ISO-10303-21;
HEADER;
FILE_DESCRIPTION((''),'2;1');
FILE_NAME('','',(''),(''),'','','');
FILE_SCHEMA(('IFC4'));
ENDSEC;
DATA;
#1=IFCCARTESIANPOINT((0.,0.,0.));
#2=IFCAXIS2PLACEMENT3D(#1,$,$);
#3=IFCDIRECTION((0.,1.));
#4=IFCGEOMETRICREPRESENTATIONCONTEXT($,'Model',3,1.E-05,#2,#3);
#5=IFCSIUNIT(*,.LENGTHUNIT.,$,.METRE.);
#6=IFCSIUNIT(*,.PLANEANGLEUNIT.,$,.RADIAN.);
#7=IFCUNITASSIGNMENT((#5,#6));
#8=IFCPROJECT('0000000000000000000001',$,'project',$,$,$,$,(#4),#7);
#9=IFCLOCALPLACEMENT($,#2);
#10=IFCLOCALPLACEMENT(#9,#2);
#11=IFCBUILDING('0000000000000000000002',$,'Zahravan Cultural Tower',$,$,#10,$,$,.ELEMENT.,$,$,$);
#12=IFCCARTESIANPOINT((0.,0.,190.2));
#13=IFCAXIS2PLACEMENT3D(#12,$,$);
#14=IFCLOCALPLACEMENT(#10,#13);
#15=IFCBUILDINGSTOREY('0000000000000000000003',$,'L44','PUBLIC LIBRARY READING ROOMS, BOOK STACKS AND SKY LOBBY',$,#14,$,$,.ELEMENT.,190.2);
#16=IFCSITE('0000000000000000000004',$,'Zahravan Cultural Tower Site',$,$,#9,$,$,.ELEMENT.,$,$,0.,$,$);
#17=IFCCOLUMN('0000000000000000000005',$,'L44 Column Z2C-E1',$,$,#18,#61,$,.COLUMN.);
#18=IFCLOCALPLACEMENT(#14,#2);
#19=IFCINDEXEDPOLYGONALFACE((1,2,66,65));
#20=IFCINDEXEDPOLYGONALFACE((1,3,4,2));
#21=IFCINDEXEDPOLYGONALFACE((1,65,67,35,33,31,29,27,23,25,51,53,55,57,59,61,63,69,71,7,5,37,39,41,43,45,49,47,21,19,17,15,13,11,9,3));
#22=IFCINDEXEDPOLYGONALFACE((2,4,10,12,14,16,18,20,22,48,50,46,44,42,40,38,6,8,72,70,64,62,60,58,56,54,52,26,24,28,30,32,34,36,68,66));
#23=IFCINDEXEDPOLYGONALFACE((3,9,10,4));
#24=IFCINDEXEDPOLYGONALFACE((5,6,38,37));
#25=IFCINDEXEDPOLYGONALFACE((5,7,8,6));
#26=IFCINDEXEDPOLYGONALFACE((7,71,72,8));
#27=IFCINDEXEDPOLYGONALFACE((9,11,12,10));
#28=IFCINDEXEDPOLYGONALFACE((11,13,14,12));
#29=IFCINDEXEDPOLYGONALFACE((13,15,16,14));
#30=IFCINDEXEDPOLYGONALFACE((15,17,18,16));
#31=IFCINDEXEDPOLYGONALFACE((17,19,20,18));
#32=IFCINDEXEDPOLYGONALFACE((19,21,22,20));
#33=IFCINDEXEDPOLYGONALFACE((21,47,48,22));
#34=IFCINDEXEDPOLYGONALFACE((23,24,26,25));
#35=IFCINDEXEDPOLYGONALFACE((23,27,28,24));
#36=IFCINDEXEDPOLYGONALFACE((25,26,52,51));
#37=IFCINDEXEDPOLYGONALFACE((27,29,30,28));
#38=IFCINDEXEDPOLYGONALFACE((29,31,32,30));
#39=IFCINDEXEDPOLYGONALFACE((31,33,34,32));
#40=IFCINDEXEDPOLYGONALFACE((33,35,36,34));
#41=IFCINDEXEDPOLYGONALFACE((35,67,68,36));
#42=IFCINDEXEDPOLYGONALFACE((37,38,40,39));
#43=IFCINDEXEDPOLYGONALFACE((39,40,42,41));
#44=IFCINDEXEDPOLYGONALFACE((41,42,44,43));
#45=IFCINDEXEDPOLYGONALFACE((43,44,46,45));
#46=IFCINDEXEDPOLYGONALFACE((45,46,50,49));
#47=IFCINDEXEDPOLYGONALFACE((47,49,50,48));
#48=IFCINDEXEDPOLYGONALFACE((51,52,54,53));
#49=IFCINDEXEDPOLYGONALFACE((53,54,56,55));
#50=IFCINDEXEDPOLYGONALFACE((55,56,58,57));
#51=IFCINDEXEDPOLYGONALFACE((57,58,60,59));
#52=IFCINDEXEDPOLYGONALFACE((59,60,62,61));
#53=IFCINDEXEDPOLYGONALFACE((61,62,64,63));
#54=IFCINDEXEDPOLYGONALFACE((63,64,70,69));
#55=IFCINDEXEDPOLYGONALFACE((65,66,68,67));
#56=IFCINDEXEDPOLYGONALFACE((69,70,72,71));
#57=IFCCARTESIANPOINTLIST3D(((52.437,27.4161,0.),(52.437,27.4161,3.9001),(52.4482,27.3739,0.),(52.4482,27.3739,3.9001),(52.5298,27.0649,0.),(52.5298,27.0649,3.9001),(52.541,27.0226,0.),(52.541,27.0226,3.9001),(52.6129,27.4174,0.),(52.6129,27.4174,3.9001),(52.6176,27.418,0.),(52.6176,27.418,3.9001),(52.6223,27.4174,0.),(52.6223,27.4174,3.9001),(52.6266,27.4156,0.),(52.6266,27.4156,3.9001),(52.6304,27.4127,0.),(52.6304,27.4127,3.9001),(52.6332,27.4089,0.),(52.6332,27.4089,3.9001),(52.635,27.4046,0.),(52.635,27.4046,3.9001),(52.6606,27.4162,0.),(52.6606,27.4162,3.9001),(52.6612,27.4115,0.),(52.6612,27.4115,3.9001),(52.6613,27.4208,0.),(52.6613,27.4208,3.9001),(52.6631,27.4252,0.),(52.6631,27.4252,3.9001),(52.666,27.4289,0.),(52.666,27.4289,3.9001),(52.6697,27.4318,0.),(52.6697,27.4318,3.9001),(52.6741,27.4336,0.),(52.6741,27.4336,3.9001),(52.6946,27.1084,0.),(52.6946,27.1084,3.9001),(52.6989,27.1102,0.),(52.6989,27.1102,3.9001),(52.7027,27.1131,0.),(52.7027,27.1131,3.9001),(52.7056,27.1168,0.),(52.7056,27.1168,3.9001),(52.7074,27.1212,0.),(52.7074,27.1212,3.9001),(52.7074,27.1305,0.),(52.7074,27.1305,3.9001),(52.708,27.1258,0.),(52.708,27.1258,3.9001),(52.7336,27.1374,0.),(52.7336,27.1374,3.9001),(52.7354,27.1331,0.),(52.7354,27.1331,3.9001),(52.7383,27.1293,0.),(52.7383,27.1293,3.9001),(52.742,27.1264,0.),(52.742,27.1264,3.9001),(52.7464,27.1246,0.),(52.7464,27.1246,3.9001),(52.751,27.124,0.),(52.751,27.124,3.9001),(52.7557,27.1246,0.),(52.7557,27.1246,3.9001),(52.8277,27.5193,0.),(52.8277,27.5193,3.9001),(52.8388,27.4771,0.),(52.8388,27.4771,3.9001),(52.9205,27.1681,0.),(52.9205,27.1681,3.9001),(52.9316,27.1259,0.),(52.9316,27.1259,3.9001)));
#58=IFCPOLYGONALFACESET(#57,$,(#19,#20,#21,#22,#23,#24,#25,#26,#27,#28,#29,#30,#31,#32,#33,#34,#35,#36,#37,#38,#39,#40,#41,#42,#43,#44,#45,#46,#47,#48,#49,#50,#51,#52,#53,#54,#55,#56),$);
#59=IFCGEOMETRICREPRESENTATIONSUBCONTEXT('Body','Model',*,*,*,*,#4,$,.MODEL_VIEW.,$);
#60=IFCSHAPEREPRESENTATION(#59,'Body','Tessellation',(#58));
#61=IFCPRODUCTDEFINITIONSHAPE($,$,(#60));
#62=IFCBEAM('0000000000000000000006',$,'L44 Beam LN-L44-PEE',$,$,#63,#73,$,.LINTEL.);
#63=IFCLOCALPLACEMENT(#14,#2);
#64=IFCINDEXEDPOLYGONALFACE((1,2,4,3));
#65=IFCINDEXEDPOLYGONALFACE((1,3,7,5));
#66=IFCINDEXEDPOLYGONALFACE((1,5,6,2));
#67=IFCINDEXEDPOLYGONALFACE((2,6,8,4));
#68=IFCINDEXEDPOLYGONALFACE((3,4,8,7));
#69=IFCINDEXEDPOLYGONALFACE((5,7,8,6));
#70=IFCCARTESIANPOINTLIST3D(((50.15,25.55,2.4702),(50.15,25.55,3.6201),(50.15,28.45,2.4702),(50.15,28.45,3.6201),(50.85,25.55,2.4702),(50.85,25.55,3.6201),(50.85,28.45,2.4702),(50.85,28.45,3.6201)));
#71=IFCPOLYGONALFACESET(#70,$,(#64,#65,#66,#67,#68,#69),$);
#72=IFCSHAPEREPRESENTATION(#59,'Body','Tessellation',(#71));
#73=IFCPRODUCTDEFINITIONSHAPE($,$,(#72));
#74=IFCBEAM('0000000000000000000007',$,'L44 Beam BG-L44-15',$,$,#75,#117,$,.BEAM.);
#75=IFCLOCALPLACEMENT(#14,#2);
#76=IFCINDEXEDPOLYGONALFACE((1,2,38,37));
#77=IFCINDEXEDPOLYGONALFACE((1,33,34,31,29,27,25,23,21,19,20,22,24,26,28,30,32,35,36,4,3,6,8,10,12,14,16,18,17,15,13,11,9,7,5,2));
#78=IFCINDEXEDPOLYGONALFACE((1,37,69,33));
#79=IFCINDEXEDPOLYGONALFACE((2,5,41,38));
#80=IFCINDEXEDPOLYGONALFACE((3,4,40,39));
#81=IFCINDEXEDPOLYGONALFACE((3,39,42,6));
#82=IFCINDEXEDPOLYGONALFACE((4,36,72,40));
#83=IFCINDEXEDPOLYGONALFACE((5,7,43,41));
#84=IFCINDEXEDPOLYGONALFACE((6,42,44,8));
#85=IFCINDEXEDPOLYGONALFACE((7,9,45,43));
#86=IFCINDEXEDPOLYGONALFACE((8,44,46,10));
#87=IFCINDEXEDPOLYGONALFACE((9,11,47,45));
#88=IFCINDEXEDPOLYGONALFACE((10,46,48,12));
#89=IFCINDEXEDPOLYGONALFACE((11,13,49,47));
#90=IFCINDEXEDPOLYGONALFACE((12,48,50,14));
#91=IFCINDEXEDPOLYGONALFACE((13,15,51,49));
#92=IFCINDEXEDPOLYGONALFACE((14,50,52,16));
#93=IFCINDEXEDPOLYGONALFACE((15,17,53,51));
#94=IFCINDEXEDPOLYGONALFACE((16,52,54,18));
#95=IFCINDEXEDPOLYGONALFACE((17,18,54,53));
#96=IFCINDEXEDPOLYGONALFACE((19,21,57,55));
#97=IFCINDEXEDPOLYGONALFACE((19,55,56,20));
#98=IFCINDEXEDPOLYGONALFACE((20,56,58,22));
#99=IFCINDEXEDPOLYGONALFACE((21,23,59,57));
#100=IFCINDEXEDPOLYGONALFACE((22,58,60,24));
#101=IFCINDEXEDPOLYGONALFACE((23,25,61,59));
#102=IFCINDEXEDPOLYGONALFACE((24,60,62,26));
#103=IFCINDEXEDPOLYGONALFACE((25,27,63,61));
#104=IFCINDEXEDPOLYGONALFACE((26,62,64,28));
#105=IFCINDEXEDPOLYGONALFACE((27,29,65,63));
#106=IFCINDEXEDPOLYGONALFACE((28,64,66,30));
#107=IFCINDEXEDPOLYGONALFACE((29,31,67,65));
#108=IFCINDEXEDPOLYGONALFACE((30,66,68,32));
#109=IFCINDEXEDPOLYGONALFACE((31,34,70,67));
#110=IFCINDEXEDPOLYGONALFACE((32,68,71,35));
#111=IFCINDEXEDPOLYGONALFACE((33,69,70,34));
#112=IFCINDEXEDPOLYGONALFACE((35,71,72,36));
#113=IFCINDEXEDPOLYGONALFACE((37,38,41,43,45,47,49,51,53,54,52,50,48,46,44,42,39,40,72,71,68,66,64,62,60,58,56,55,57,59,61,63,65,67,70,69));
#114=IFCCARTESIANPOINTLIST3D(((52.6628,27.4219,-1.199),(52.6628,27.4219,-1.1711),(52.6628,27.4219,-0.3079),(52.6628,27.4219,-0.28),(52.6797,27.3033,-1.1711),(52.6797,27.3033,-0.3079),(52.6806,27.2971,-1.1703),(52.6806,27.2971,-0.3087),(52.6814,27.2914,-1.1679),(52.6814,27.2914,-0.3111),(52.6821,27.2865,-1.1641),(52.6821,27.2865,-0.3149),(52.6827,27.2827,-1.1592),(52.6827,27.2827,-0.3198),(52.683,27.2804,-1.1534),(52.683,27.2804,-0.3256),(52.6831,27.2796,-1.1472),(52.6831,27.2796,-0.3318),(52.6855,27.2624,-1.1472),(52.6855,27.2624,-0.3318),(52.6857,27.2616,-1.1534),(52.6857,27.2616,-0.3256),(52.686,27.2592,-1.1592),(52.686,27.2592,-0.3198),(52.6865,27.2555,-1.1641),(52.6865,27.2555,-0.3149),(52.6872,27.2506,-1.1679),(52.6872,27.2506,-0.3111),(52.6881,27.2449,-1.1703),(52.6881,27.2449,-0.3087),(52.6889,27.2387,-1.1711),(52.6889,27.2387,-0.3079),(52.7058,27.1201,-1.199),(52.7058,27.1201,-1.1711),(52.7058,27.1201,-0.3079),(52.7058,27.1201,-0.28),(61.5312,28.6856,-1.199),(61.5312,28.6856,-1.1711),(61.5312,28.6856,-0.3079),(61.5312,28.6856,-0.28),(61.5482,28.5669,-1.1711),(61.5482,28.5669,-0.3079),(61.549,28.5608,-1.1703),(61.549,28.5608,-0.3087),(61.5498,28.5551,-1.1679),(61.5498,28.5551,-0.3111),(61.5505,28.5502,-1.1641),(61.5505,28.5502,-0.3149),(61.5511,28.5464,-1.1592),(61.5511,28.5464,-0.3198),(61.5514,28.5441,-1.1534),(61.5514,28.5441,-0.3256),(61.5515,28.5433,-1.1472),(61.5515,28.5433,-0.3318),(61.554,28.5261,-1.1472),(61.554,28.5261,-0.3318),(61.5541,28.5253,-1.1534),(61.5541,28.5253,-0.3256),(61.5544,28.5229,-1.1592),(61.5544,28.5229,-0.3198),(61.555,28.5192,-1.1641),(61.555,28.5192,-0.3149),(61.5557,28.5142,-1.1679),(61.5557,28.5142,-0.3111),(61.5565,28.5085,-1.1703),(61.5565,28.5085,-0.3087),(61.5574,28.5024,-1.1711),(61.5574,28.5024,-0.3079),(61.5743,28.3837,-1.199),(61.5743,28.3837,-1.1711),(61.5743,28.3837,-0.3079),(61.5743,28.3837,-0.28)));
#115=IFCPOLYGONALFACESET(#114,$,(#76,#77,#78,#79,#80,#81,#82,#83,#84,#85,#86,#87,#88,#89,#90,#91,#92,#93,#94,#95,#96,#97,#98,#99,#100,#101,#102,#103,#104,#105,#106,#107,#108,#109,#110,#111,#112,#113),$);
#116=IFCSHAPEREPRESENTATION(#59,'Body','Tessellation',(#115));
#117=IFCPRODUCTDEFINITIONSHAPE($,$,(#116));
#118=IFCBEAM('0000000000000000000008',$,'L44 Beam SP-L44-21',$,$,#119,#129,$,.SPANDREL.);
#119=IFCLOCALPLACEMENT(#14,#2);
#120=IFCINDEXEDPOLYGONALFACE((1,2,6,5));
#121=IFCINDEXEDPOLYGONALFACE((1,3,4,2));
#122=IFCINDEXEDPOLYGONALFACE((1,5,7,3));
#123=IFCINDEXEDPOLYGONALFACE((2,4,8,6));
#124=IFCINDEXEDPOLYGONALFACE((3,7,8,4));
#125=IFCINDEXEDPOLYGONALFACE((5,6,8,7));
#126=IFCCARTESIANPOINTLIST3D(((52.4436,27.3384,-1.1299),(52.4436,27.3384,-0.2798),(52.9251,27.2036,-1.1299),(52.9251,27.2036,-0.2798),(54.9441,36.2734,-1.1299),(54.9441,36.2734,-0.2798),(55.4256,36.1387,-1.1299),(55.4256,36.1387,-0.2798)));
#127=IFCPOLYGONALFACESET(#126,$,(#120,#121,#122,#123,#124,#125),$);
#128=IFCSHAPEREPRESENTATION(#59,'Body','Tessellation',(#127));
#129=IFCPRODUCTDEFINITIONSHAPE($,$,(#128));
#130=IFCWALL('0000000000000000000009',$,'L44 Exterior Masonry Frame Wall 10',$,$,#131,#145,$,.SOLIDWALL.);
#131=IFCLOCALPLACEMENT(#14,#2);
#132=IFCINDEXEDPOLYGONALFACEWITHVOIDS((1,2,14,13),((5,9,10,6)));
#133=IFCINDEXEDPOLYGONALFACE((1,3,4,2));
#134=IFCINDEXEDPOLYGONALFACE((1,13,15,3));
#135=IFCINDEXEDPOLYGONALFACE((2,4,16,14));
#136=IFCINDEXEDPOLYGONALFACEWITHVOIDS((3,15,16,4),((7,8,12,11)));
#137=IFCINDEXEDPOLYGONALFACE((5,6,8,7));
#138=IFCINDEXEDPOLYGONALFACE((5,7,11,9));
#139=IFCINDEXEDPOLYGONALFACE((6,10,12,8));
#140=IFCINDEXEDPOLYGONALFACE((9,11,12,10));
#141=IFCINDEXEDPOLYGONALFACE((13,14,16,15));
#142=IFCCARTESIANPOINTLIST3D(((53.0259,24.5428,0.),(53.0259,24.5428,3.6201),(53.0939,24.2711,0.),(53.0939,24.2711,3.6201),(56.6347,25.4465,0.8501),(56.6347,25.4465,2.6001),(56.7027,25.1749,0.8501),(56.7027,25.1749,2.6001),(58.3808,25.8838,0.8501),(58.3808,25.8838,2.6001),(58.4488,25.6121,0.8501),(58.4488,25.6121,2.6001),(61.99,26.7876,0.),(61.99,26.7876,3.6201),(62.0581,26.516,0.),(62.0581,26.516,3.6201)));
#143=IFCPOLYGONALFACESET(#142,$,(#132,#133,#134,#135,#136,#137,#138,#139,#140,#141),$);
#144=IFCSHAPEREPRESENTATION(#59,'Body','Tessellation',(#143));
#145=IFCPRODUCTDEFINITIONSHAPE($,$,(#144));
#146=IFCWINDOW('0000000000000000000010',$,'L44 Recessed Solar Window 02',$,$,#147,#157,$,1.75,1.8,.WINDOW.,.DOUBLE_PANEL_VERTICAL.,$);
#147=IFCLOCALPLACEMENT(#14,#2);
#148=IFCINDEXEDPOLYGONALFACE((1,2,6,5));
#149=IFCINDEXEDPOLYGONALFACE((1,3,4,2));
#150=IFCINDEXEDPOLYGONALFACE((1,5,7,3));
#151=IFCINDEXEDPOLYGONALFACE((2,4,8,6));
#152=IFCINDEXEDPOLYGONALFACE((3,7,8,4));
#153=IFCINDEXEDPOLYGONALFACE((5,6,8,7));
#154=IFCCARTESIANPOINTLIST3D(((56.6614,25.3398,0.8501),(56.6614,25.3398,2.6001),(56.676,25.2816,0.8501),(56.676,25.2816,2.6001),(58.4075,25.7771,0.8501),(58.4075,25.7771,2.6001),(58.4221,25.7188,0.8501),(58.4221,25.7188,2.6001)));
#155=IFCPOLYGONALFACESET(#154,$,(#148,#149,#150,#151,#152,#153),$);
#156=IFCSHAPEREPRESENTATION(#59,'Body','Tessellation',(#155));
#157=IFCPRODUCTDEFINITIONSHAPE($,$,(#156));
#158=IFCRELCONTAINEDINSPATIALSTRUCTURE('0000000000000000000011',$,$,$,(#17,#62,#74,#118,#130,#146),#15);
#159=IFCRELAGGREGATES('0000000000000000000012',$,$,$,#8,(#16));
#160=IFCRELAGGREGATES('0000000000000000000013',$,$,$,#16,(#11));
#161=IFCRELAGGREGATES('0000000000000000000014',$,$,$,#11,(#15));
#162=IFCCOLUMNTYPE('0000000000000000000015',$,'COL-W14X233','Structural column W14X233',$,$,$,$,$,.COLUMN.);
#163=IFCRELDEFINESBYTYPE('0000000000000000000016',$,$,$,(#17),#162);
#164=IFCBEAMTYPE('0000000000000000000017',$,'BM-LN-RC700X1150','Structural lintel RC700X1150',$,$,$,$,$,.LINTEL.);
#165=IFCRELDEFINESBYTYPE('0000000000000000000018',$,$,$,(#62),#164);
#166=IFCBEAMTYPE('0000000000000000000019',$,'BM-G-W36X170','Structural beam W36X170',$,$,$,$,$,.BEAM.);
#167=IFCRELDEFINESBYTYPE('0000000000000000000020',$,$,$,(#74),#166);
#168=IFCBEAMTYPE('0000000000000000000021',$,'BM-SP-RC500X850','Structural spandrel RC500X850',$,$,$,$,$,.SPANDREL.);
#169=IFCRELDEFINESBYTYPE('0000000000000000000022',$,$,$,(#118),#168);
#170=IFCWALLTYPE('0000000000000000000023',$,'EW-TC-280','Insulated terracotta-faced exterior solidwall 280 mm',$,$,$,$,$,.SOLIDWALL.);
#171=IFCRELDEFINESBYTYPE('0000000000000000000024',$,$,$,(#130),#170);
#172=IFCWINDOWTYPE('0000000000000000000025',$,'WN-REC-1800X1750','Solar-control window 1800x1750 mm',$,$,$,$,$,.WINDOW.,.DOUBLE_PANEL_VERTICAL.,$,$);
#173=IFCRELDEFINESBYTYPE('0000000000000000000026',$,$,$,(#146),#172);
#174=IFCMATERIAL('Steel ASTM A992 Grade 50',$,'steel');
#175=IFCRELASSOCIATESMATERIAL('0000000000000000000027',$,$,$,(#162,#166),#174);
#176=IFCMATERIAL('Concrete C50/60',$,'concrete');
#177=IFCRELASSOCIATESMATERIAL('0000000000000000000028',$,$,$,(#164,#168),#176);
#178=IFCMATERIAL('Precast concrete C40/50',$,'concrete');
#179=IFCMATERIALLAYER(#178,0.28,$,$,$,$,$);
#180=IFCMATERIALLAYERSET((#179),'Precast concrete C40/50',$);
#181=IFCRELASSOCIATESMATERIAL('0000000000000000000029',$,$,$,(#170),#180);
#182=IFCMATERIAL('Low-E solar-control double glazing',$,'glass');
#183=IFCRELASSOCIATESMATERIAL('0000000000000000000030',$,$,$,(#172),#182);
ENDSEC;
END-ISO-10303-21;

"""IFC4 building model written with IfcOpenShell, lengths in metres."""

from ifc_helpers import new_model, si_unit, direction, frame, frame_2d, origin, origin_2d, place, context, subcontext, project, spatial, rectangle, i_section, extrude, source, transform, mapped, material, layer, layer_set, material_profile, profile_set, type_object, element, fill, save


model = new_model("IFC4")

# Units and contexts
model_context = context("Model", 3, precision=1e-05, world=origin(), true_north=direction((0.0, 1.0)))
body_context = subcontext(model_context, "Body", "Model", "MODEL_VIEW")
ifc_project = project(units=[si_unit("LENGTHUNIT", "METRE"), si_unit("PLANEANGLEUNIT", "RADIAN")], contexts=[model_context])

# Site, building, storey
site_placement = place(None, origin())
site = spatial("IfcSite", under=ifc_project, at=site_placement, Name="Zahravan Cultural Tower Site", CompositionType="ELEMENT", RefElevation=0.0)
building_placement = place(site_placement, origin())
building = spatial("IfcBuilding", under=site, at=building_placement, Name="Zahravan Cultural Tower", CompositionType="ELEMENT")
storey_placement = place(building_placement, frame((0.0, 0.0, 190.2)))
storey = spatial("IfcBuildingStorey", under=building, at=storey_placement, Name="L44", Description="PUBLIC LIBRARY READING ROOMS, BOOK STACKS AND SKY LOBBY", CompositionType="ELEMENT", Elevation=190.2)

# Column
ifc_material_1 = material(Name="Steel ASTM A992 Grade 50", Category="steel")
ifc_material_profile_1 = material_profile(ifc_material_1, i_section(OverallWidth=0.4041, OverallDepth=0.407, WebThickness=0.0271, FlangeThickness=0.0437, FilletRadius=0.0181, at=origin_2d()), Name="W14X233")
ifc_profile_set_1 = profile_set([ifc_material_profile_1], Name="Steel ASTM A992 Grade 50")
column_type = type_object("IfcColumnType", Name="COL-W14X233", Description="Structural column W14X233", PredefinedType="COLUMN", material=ifc_profile_set_1)
shared_shape_1 = source(origin(), body_context, "Body", "SweptSolid", [
    extrude(i_section(OverallWidth=0.4041, OverallDepth=0.407, WebThickness=0.0271, FlangeThickness=0.0437, FilletRadius=0.0181, at=origin_2d()), origin(), (0.0, 0.0, 1.0), 3.9001),
])
column_placement = place(storey_placement, frame((52.6843, 27.271, 0.0), z_axis=(0.0, 0.0, 1.0), x_axis=(0.966823, 0.255446, 0.0)))
element("IfcColumn", 1, at=column_placement, inside=storey, type_object=column_type, Name="L44 Column Z2C-E1", PredefinedType="COLUMN", context=body_context, shape_type="MappedRepresentation", body=[
    mapped(shared_shape_1, transform((0.0, 0.0, 0.0), x_axis=(1.0, 0.0, 0.0), y_axis=(0.0, 1.0, 0.0), z_axis=(0.0, 0.0, 1.0), scale=1.0)),
])

# Beams
ifc_material_2 = material(Name="Concrete C50/60", Category="concrete")
ifc_material_profile_2 = material_profile(ifc_material_2, rectangle(XDim=0.7, YDim=1.1499, at=origin_2d()), Name="RC700X1150")
ifc_profile_set_2 = profile_set([ifc_material_profile_2], Name="Concrete C50/60")
beam_type_1 = type_object("IfcBeamType", Name="BM-LN-RC700X1150", Description="Structural lintel RC700X1150", PredefinedType="LINTEL", material=ifc_profile_set_2)
shared_shape_2 = source(origin(), body_context, "Body", "SweptSolid", [
    extrude(rectangle(XDim=0.7, YDim=1.1499, at=origin_2d()), origin(), (0.0, 0.0, 1.0), 2.8999),
])
beam_1_placement = place(storey_placement, frame((50.5, 25.55, 3.0452), z_axis=(0.0, 1.0, 0.0), x_axis=(-1.0, 0.0, 0.0)))
element("IfcBeam", 2, at=beam_1_placement, inside=storey, type_object=beam_type_1, Name="L44 Beam LN-L44-PEE", PredefinedType="LINTEL", context=body_context, shape_type="MappedRepresentation", body=[
    mapped(shared_shape_2, transform((0.0, 0.0, 0.0), x_axis=(1.0, 0.0, 0.0), y_axis=(0.0, 1.0, 0.0), z_axis=(0.0, 0.0, 1.0), scale=1.0)),
])
ifc_material_profile_3 = material_profile(ifc_material_1, i_section(OverallWidth=0.3049, OverallDepth=0.9189, WebThickness=0.0173, FlangeThickness=0.0278, FilletRadius=0.0239, at=origin_2d()), Name="W36X170")
ifc_profile_set_3 = profile_set([ifc_material_profile_3], Name="Steel ASTM A992 Grade 50")
beam_type_2 = type_object("IfcBeamType", Name="BM-G-W36X170", Description="Structural beam W36X170", PredefinedType="BEAM", material=ifc_profile_set_3)
shared_shape_3 = source(origin(), body_context, "Body", "SweptSolid", [
    extrude(i_section(OverallWidth=0.3049, OverallDepth=0.9189, WebThickness=0.0173, FlangeThickness=0.0278, FilletRadius=0.0239, at=origin_2d()), origin(), (0.0, 0.0, 1.0), 8.958),
])
beam_2_placement = place(storey_placement, frame((52.6843, 27.271, -0.7395), z_axis=(0.99, 0.141067, 0.0), x_axis=(-0.141067, 0.99, 0.0)))
element("IfcBeam", 3, at=beam_2_placement, inside=storey, type_object=beam_type_2, Name="L44 Beam BG-L44-15", PredefinedType="BEAM", context=body_context, shape_type="MappedRepresentation", body=[
    mapped(shared_shape_3, transform((0.0, 0.0, 0.0), x_axis=(1.0, 0.0, 0.0), y_axis=(0.0, 1.0, 0.0), z_axis=(0.0, 0.0, 1.0), scale=1.0)),
])
ifc_material_profile_4 = material_profile(ifc_material_2, rectangle(XDim=0.5, YDim=0.8501, at=origin_2d()), Name="RC500X850")
ifc_profile_set_4 = profile_set([ifc_material_profile_4], Name="Concrete C50/60")
beam_type_3 = type_object("IfcBeamType", Name="BM-SP-RC500X850", Description="Structural spandrel RC500X850", PredefinedType="SPANDREL", material=ifc_profile_set_4)
shared_shape_4 = source(origin(), body_context, "Body", "SweptSolid", [
    extrude(rectangle(XDim=0.5, YDim=0.8501, at=origin_2d()), origin(), (0.0, 0.0, 1.0), 9.2783),
])
beam_3_placement = place(storey_placement, frame((52.6843, 27.271, -0.7048), z_axis=(0.269497, 0.963001, 0.0), x_axis=(-0.963001, 0.269497, 0.0)))
element("IfcBeam", 4, at=beam_3_placement, inside=storey, type_object=beam_type_3, Name="L44 Beam SP-L44-21", PredefinedType="SPANDREL", context=body_context, shape_type="MappedRepresentation", body=[
    mapped(shared_shape_4, transform((0.0, 0.0, 0.0), x_axis=(1.0, 0.0, 0.0), y_axis=(0.0, 1.0, 0.0), z_axis=(0.0, 0.0, 1.0), scale=1.0)),
])

# Wall, opening, window
ifc_material_3 = material(Name="Precast concrete C40/50", Category="concrete")
ifc_layer_1 = layer(ifc_material_3, 0.28)
ifc_layer_set_1 = layer_set([ifc_layer_1], Name="Precast concrete C40/50")
wall_type_1 = type_object("IfcWallType", Name="EW-TC-280", Description="Insulated terracotta-faced exterior solidwall 280 mm", PredefinedType="SOLIDWALL", material=ifc_layer_set_1)
wall_1_placement = place(storey_placement, frame((62.0242, 26.6519, 0.0), z_axis=(0.0, 0.0, 1.0), x_axis=(-0.970045, -0.242927, 0.0)))
wall_1 = element("IfcWall", 5, at=wall_1_placement, inside=storey, type_object=wall_type_1, Name="L44 Exterior Masonry Frame Wall 10", PredefinedType="SOLIDWALL", context=body_context, shape_type="SweptSolid", body=[
    extrude(rectangle(XDim=9.241, YDim=0.28, at=frame_2d((4.6206, 0.0))), origin(), (0.0, 0.0, 1.0), 3.6201),
])
opening_placement = place(wall_1_placement, frame((3.7209, 0.0, 0.8501)))
opening = element("IfcOpeningElement", 6, at=opening_placement, cuts=wall_1, PredefinedType="OPENING", context=body_context, shape_type="SweptSolid", body=[
    extrude(rectangle(XDim=1.8, YDim=1.75, at=frame_2d((0.8999, 0.875))), frame((0.0, 0.1499, 0.0), z_axis=(0.0, -1.0, 0.0), x_axis=(1.0, 0.0, 0.0)), (0.0, 0.0, 1.0), 0.3),
])
ifc_material_4 = material(Name="Low-E solar-control double glazing", Category="glass")
window_type = type_object("IfcWindowType", Name="WN-REC-1800X1750", Description="Solar-control window 1800x1750 mm", PartitioningType="DOUBLE_PANEL_VERTICAL", PredefinedType="WINDOW", material=ifc_material_4)
shared_shape_5 = source(origin(), body_context, "Body", "SweptSolid", [
    extrude(rectangle(XDim=1.8, YDim=1.75, at=frame_2d((0.8999, 0.875))), frame((0.0, 0.03, 0.0), z_axis=(0.0, -1.0, 0.0), x_axis=(1.0, 0.0, 0.0)), (0.0, 0.0, 1.0), 0.0601),
])
window_placement = place(opening_placement, origin())
window = element("IfcWindow", 7, at=window_placement, inside=storey, type_object=window_type, Name="L44 Recessed Solar Window 02", OverallHeight=1.75, OverallWidth=1.8, PartitioningType="DOUBLE_PANEL_VERTICAL", PredefinedType="WINDOW", context=body_context, shape_type="MappedRepresentation", body=[
    mapped(shared_shape_5, transform((0.0, 0.0, 0.0), x_axis=(1.0, 0.0, 0.0), y_axis=(0.0, 1.0, 0.0), z_axis=(0.0, 0.0, 1.0), scale=1.0)),
])
fill(opening, window)

save(model, "model.ifc")
